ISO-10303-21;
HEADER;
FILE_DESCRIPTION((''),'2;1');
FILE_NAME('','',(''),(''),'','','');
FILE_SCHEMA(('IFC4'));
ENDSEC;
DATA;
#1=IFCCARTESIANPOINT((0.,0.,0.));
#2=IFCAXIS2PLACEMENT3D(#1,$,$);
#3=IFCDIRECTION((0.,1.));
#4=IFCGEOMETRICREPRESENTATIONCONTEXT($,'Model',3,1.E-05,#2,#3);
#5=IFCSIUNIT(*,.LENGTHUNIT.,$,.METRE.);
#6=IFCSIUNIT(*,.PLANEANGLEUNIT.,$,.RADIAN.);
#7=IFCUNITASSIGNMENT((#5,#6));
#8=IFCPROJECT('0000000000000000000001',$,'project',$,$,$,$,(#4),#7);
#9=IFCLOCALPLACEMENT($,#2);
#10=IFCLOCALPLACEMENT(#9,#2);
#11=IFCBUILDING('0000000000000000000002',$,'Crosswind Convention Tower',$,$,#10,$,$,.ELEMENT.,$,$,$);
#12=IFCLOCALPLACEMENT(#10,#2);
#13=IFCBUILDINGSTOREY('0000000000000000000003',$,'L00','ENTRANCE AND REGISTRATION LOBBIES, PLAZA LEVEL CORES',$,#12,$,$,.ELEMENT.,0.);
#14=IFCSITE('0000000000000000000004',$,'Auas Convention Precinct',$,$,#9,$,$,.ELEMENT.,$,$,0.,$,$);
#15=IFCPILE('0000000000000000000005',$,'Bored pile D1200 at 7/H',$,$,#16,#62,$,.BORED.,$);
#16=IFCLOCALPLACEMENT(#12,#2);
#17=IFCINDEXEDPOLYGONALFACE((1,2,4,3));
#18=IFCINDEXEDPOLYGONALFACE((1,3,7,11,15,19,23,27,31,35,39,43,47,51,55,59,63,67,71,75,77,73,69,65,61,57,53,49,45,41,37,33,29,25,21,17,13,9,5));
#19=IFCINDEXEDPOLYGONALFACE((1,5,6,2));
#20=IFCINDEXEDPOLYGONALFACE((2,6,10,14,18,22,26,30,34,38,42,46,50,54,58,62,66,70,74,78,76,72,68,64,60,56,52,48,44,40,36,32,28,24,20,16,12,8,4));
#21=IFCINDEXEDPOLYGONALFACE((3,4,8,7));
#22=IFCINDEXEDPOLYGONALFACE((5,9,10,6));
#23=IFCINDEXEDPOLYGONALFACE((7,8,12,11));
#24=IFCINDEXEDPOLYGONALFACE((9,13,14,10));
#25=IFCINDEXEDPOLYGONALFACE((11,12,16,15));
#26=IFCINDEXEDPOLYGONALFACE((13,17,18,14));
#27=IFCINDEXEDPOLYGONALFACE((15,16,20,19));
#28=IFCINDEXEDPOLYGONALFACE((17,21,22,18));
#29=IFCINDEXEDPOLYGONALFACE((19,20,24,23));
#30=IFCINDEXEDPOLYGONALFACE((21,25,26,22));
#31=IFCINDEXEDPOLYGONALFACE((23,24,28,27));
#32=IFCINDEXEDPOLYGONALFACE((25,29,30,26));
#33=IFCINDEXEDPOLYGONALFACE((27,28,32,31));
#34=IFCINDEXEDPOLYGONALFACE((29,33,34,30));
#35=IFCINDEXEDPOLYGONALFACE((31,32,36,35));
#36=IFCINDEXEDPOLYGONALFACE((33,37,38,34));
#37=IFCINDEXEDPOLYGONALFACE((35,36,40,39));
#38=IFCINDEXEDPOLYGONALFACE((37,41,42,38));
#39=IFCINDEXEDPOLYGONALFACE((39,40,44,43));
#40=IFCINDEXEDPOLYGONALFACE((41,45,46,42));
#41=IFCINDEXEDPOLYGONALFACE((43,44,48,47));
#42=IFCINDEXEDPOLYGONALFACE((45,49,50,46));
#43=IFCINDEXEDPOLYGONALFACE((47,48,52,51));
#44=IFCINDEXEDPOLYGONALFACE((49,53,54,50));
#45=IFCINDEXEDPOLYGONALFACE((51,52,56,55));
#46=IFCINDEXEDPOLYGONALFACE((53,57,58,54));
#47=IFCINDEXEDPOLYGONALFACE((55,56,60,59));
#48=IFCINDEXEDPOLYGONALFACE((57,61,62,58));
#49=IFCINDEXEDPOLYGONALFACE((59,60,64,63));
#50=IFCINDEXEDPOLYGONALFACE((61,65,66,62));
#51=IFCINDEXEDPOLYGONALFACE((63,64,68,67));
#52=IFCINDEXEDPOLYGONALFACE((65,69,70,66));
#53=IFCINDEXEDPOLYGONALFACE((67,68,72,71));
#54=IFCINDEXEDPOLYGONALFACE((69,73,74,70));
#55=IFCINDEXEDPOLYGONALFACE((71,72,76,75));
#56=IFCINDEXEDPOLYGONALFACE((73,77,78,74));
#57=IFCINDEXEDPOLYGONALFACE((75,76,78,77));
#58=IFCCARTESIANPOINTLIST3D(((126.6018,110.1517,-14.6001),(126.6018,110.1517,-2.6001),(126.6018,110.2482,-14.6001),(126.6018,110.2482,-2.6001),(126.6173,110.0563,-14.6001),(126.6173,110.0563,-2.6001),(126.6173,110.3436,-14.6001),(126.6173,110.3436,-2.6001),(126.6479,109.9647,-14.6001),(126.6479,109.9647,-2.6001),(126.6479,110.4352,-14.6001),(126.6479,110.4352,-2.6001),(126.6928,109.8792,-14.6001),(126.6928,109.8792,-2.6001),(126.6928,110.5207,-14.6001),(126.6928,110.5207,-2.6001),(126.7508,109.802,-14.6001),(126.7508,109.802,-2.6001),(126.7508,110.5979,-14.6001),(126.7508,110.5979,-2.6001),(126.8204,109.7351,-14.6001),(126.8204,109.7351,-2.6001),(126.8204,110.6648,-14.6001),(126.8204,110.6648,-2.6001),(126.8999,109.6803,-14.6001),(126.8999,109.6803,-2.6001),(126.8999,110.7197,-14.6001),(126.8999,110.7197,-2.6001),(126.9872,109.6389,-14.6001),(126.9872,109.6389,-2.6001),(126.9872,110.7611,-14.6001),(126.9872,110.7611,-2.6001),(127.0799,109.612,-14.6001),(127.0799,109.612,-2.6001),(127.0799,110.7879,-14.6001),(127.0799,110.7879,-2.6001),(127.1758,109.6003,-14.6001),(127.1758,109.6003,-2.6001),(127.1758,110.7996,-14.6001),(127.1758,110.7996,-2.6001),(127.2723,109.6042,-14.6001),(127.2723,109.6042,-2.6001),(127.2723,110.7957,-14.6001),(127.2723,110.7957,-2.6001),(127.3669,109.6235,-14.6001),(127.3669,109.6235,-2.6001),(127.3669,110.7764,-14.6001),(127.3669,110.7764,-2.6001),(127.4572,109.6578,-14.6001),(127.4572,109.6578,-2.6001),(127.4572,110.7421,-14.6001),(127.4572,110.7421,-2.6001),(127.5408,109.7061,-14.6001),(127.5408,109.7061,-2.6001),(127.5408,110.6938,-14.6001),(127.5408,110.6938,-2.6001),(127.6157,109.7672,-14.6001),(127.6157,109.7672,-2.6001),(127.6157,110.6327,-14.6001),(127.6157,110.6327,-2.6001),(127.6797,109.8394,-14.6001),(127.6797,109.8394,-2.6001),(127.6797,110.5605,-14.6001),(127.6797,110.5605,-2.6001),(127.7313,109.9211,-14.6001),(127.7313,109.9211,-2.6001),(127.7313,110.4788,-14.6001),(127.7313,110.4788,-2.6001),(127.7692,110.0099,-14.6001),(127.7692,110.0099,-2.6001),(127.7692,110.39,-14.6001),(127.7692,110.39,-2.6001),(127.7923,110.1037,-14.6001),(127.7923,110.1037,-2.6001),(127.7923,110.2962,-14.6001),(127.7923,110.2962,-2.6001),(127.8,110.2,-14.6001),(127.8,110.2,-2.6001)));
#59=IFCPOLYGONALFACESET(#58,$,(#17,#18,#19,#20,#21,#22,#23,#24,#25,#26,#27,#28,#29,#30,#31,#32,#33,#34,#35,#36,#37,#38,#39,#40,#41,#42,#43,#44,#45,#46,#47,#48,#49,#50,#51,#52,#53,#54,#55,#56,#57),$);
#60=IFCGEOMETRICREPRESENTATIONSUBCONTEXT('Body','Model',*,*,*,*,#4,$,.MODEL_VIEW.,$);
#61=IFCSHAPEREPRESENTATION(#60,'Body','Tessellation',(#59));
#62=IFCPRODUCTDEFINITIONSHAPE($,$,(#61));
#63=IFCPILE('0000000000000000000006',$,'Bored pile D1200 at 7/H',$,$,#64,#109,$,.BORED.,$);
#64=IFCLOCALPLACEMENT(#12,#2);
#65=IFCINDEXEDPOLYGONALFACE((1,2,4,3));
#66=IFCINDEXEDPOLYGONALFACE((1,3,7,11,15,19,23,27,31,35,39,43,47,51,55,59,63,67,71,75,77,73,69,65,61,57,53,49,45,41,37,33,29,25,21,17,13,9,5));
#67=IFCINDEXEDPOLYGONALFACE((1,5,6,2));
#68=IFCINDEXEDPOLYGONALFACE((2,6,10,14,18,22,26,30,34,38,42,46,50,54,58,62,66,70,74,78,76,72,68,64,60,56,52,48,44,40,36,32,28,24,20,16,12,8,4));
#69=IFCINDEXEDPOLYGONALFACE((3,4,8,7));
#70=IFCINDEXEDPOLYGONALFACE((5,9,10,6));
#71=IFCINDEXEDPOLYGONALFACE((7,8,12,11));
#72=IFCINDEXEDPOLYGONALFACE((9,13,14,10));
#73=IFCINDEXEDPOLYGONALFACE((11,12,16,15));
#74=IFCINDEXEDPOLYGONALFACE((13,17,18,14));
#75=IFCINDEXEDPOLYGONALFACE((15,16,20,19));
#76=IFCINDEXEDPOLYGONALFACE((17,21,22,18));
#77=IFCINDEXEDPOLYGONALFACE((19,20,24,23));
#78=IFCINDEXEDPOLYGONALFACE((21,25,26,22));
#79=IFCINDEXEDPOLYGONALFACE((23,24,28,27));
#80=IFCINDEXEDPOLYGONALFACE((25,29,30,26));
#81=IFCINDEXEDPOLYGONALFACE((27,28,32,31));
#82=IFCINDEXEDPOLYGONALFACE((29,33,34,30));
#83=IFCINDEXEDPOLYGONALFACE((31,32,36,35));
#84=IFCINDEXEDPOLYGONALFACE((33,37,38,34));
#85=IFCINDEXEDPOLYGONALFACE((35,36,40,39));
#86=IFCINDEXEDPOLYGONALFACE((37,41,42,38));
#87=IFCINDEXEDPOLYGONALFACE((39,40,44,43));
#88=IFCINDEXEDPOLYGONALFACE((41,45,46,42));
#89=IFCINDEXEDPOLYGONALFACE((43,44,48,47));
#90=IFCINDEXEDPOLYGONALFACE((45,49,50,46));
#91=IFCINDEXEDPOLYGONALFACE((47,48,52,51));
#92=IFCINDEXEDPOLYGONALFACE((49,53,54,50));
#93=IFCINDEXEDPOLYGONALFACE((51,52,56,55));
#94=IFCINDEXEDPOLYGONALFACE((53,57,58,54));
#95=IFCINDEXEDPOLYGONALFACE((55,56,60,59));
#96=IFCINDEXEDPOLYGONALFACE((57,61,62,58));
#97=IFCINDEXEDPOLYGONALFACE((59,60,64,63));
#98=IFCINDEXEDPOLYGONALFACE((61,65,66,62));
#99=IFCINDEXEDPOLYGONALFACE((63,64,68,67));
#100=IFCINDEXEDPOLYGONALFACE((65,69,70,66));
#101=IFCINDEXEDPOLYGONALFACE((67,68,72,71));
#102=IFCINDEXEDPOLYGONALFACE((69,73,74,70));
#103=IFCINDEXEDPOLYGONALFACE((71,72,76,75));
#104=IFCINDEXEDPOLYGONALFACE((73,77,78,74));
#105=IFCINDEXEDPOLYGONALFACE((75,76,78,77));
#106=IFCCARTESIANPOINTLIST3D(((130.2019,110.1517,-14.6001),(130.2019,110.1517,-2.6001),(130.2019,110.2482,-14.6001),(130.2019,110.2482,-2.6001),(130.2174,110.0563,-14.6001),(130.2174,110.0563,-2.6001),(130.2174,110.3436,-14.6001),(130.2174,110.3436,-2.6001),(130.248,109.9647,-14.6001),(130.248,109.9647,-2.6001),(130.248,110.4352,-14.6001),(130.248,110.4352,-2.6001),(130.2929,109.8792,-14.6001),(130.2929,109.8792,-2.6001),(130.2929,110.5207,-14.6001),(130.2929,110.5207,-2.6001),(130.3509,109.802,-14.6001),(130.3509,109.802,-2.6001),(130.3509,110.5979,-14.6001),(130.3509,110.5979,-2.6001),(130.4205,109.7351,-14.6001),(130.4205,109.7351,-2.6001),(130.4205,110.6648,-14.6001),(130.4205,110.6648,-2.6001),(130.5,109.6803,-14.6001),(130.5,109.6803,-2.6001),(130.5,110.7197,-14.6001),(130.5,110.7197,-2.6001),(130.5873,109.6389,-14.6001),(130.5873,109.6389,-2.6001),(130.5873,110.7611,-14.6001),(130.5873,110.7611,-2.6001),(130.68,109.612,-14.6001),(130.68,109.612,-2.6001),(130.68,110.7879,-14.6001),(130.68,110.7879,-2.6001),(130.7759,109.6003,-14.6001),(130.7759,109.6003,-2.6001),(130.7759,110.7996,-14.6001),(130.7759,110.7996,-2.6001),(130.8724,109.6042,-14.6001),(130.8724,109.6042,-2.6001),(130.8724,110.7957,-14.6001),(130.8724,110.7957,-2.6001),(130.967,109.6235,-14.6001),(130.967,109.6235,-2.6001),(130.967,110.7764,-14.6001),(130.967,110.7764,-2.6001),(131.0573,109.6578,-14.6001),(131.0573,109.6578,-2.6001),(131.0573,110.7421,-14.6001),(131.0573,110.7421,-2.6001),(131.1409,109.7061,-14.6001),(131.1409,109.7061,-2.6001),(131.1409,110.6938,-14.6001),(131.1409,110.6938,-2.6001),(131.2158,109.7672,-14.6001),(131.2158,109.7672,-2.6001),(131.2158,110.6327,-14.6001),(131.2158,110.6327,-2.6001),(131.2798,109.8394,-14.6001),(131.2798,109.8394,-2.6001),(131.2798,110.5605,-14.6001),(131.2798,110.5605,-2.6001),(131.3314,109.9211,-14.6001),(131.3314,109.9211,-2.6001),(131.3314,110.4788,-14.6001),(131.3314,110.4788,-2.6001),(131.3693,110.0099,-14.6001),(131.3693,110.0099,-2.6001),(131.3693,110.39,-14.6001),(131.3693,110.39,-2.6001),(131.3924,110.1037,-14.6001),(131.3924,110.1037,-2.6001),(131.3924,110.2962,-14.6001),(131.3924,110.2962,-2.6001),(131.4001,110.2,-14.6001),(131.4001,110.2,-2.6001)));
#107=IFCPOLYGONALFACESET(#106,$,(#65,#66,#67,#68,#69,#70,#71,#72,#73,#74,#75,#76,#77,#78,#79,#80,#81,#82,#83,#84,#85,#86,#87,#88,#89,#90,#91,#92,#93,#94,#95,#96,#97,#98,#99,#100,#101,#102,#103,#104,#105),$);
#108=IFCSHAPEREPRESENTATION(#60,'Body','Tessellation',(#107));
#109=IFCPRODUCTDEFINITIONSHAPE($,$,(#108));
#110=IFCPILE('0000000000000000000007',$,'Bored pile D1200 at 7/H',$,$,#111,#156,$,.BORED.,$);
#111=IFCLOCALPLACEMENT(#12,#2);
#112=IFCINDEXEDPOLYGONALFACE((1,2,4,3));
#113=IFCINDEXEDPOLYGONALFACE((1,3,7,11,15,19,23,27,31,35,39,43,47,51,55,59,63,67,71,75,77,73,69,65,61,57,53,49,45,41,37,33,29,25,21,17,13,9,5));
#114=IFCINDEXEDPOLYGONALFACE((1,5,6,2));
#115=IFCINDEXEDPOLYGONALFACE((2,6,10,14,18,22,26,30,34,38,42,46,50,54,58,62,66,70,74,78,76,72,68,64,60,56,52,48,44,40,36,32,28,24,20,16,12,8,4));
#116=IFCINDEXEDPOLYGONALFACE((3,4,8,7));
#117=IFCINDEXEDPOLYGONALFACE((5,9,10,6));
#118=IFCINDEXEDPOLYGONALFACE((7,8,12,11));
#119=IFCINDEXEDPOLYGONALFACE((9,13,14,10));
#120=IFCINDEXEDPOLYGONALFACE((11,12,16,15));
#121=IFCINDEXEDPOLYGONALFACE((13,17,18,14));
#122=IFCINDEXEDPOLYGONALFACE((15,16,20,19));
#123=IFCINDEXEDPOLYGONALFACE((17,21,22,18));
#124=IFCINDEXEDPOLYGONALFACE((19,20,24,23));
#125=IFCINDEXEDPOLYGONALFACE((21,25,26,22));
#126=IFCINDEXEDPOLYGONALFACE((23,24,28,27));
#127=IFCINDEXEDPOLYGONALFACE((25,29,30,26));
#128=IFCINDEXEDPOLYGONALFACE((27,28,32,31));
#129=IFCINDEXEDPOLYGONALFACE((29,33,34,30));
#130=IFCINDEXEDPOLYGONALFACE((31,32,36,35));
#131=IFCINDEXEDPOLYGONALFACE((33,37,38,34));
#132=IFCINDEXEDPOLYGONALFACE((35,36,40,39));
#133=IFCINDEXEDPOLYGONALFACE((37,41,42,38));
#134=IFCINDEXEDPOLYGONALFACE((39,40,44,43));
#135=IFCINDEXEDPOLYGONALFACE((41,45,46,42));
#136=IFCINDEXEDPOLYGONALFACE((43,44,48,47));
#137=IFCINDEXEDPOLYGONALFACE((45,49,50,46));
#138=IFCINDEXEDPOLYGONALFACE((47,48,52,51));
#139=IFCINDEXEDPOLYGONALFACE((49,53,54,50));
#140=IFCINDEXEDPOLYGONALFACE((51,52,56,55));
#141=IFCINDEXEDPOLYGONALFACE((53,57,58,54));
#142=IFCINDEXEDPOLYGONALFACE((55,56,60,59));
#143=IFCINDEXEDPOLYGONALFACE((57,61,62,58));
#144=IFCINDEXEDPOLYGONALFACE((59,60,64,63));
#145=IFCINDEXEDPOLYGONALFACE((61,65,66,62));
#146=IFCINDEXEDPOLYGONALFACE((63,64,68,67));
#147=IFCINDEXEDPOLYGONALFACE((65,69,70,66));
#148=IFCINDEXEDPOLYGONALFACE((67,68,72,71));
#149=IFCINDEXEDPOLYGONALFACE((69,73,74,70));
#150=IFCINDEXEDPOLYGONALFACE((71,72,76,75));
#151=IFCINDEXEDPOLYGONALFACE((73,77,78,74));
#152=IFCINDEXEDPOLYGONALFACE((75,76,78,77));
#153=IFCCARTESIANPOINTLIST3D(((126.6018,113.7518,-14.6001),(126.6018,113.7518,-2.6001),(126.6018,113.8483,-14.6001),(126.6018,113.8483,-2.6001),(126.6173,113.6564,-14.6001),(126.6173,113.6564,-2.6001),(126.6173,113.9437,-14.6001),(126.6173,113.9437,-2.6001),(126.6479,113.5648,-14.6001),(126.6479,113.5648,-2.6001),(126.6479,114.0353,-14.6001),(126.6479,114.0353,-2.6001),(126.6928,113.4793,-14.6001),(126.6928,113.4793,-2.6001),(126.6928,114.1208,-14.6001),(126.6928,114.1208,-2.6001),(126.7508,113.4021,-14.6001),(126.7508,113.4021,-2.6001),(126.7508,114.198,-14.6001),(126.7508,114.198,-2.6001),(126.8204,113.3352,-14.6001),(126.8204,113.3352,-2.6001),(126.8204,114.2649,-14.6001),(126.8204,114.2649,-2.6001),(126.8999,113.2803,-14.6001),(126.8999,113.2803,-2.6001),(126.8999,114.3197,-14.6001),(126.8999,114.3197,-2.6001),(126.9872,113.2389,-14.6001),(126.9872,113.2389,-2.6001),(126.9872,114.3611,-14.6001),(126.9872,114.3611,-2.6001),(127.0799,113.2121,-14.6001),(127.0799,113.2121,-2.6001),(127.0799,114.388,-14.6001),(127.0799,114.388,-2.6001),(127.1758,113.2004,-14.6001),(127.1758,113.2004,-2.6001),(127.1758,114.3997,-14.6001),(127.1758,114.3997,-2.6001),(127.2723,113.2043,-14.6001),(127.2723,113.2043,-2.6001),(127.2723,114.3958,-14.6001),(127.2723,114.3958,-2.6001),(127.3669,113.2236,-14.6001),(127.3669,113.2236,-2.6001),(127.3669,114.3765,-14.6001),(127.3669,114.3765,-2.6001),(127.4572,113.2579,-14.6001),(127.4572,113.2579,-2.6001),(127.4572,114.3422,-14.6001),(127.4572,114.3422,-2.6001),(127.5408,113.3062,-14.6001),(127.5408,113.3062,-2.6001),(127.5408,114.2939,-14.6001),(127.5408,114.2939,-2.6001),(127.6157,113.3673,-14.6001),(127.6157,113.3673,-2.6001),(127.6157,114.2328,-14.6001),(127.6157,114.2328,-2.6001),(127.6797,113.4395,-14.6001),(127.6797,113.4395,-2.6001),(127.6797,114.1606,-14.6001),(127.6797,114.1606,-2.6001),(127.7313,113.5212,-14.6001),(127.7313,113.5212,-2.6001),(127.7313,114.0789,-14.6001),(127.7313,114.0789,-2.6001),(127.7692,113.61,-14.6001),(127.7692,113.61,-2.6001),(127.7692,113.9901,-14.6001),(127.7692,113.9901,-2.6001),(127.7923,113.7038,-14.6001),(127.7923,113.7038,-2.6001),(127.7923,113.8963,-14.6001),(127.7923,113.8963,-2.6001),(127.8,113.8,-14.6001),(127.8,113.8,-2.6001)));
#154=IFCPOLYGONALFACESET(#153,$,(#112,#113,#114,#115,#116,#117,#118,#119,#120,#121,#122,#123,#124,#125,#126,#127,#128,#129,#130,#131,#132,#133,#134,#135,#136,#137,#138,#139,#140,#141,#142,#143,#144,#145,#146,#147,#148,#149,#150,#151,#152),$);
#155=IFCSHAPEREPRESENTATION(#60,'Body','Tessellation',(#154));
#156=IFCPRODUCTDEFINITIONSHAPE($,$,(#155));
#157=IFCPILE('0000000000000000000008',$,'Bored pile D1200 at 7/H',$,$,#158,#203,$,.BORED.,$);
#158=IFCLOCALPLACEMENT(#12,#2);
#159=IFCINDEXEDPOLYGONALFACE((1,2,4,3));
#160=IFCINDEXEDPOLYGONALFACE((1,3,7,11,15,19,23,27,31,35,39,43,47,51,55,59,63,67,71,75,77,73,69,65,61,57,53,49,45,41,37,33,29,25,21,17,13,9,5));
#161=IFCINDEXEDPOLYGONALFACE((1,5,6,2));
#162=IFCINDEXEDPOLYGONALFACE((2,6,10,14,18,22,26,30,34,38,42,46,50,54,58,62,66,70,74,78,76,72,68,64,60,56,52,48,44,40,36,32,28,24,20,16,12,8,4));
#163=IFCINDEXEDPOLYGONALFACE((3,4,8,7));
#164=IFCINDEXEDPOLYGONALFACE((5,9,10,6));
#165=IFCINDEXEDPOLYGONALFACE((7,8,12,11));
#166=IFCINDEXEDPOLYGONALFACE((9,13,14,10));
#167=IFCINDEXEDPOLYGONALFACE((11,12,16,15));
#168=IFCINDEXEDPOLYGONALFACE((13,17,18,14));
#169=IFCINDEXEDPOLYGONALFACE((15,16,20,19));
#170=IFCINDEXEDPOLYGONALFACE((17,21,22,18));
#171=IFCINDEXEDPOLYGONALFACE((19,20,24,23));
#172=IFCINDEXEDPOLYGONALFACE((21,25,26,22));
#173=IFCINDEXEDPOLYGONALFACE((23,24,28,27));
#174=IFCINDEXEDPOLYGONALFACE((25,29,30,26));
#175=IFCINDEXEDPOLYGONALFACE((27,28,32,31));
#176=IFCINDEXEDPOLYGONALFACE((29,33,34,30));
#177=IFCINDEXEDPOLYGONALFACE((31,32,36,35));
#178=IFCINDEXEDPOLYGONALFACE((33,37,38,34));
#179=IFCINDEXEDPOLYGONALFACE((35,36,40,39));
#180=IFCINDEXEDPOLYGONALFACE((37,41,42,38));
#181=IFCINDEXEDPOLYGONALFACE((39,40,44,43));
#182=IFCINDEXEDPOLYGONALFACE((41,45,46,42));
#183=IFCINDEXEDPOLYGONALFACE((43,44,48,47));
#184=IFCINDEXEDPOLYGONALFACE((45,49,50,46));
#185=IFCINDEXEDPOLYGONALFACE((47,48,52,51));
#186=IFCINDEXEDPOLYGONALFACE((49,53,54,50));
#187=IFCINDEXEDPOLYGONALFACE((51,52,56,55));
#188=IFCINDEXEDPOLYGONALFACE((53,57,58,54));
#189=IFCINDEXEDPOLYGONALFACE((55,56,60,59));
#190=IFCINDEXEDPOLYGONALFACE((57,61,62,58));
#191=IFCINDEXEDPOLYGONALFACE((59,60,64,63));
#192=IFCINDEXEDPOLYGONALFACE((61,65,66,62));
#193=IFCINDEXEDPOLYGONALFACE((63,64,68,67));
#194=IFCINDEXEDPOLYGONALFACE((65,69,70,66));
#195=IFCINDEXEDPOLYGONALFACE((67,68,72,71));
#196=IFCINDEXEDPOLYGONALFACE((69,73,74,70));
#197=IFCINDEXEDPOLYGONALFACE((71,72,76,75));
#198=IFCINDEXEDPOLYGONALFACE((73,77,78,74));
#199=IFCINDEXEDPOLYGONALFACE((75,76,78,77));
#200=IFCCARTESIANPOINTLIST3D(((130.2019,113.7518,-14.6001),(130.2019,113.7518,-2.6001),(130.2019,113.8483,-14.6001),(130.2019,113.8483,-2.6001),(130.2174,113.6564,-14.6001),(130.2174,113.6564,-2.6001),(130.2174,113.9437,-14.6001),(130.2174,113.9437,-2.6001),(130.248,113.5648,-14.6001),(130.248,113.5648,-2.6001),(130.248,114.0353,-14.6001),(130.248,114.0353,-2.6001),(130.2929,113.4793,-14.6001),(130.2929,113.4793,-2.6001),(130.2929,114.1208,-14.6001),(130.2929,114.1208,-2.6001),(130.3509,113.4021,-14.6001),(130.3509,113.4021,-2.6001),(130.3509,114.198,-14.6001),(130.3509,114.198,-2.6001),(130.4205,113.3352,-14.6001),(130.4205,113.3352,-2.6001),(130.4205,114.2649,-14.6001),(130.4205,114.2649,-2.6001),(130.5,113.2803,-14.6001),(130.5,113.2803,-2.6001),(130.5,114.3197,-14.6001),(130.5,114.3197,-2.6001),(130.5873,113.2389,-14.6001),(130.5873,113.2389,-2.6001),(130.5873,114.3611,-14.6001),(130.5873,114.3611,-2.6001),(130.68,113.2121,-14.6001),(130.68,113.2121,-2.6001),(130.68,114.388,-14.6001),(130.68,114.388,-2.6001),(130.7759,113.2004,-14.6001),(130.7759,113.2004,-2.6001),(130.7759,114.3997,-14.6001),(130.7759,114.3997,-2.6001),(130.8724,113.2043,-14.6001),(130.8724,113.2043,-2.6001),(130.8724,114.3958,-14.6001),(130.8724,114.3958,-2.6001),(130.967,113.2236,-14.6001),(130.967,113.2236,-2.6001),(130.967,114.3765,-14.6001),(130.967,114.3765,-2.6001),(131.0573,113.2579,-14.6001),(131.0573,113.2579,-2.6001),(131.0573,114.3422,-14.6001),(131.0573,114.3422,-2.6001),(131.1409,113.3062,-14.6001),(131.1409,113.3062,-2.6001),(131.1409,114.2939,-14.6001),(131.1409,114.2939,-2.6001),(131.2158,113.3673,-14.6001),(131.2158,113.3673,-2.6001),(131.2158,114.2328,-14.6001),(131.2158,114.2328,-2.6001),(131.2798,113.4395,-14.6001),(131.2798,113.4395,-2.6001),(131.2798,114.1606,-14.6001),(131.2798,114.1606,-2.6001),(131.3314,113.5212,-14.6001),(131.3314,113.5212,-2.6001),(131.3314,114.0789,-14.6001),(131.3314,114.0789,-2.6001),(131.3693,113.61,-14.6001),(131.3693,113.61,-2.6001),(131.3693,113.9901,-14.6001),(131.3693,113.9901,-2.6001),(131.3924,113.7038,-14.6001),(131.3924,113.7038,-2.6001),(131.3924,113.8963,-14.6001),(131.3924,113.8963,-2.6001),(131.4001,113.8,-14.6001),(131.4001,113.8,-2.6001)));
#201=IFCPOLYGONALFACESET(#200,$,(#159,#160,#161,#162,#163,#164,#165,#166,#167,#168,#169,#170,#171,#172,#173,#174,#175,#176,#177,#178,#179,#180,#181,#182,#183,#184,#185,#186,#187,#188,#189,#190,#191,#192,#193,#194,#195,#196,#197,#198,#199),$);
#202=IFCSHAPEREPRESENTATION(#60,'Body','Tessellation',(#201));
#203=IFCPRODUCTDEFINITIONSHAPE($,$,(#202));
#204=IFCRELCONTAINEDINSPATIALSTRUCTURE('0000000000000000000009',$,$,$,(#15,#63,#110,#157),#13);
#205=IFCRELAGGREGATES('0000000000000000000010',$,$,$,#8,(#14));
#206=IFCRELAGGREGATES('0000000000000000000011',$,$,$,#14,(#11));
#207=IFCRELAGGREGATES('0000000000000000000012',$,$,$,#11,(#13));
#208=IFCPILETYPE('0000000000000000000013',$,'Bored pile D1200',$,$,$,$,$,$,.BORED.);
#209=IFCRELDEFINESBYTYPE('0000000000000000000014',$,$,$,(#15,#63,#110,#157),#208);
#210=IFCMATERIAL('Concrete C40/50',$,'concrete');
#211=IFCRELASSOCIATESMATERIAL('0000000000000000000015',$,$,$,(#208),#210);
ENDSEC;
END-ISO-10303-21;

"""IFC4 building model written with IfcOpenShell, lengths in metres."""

from ifc_helpers import new_model, si_unit, direction, frame, origin, origin_2d, place, context, subcontext, project, spatial, circle, extrude, material, material_profile, profile_set, type_object, element, save


model = new_model("IFC4")

# Units and contexts
model_context = context("Model", 3, precision=1e-05, world=origin(), true_north=direction((0.0, 1.0)))
body_context = subcontext(model_context, "Body", "Model", "MODEL_VIEW")
ifc_project = project(units=[si_unit("LENGTHUNIT", "METRE"), si_unit("PLANEANGLEUNIT", "RADIAN")], contexts=[model_context])

# Site, building, storey
site_placement = place(None, origin())
site = spatial("IfcSite", under=ifc_project, at=site_placement, Name="Auas Convention Precinct", CompositionType="ELEMENT", RefElevation=0.0)
building_placement = place(site_placement, origin())
building = spatial("IfcBuilding", under=site, at=building_placement, Name="Crosswind Convention Tower", CompositionType="ELEMENT")
storey_placement = place(building_placement, origin())
storey = spatial("IfcBuildingStorey", under=building, at=storey_placement, Name="L00", Description="ENTRANCE AND REGISTRATION LOBBIES, PLAZA LEVEL CORES", CompositionType="ELEMENT", Elevation=0.0)

# Piles
ifc_material_1 = material(Name="Concrete C40/50", Category="concrete")
ifc_material_profile_1 = material_profile(ifc_material_1, circle(Radius=0.6001, at=origin_2d()), Name="Bored pile D1200")
ifc_profile_set_1 = profile_set([ifc_material_profile_1], Name="Concrete C40/50")
pile_type = type_object("IfcPileType", Name="Bored pile D1200", PredefinedType="BORED", material=ifc_profile_set_1)
for number, where, z_axis, x_axis, name in (
    (1, (127.2, 110.2, -2.6001), (0.0, 0.0, -1.0), (1.0, 0.0, 0.0), "Bored pile D1200 at 7/H"),
    (2, (130.8, 110.2, -2.6001), (0.0, 0.0, -1.0), (1.0, 0.0, 0.0), "Bored pile D1200 at 7/H"),
    (3, (127.2, 113.8, -2.6001), (0.0, 0.0, -1.0), (1.0, 0.0, 0.0), "Bored pile D1200 at 7/H"),
    (4, (130.8, 113.8, -2.6001), (0.0, 0.0, -1.0), (1.0, 0.0, 0.0), "Bored pile D1200 at 7/H"),
):
    element("IfcPile", number, at=place(storey_placement, frame(where, z_axis=z_axis, x_axis=x_axis)), inside=storey, type_object=pile_type, Name=name, PredefinedType="BORED", context=body_context, shape_type="SweptSolid", body=[
        extrude(circle(Radius=0.6001, at=origin_2d()), origin(), (0.0, 0.0, 1.0), 12.0),
    ])

save(model, "model.ifc")
